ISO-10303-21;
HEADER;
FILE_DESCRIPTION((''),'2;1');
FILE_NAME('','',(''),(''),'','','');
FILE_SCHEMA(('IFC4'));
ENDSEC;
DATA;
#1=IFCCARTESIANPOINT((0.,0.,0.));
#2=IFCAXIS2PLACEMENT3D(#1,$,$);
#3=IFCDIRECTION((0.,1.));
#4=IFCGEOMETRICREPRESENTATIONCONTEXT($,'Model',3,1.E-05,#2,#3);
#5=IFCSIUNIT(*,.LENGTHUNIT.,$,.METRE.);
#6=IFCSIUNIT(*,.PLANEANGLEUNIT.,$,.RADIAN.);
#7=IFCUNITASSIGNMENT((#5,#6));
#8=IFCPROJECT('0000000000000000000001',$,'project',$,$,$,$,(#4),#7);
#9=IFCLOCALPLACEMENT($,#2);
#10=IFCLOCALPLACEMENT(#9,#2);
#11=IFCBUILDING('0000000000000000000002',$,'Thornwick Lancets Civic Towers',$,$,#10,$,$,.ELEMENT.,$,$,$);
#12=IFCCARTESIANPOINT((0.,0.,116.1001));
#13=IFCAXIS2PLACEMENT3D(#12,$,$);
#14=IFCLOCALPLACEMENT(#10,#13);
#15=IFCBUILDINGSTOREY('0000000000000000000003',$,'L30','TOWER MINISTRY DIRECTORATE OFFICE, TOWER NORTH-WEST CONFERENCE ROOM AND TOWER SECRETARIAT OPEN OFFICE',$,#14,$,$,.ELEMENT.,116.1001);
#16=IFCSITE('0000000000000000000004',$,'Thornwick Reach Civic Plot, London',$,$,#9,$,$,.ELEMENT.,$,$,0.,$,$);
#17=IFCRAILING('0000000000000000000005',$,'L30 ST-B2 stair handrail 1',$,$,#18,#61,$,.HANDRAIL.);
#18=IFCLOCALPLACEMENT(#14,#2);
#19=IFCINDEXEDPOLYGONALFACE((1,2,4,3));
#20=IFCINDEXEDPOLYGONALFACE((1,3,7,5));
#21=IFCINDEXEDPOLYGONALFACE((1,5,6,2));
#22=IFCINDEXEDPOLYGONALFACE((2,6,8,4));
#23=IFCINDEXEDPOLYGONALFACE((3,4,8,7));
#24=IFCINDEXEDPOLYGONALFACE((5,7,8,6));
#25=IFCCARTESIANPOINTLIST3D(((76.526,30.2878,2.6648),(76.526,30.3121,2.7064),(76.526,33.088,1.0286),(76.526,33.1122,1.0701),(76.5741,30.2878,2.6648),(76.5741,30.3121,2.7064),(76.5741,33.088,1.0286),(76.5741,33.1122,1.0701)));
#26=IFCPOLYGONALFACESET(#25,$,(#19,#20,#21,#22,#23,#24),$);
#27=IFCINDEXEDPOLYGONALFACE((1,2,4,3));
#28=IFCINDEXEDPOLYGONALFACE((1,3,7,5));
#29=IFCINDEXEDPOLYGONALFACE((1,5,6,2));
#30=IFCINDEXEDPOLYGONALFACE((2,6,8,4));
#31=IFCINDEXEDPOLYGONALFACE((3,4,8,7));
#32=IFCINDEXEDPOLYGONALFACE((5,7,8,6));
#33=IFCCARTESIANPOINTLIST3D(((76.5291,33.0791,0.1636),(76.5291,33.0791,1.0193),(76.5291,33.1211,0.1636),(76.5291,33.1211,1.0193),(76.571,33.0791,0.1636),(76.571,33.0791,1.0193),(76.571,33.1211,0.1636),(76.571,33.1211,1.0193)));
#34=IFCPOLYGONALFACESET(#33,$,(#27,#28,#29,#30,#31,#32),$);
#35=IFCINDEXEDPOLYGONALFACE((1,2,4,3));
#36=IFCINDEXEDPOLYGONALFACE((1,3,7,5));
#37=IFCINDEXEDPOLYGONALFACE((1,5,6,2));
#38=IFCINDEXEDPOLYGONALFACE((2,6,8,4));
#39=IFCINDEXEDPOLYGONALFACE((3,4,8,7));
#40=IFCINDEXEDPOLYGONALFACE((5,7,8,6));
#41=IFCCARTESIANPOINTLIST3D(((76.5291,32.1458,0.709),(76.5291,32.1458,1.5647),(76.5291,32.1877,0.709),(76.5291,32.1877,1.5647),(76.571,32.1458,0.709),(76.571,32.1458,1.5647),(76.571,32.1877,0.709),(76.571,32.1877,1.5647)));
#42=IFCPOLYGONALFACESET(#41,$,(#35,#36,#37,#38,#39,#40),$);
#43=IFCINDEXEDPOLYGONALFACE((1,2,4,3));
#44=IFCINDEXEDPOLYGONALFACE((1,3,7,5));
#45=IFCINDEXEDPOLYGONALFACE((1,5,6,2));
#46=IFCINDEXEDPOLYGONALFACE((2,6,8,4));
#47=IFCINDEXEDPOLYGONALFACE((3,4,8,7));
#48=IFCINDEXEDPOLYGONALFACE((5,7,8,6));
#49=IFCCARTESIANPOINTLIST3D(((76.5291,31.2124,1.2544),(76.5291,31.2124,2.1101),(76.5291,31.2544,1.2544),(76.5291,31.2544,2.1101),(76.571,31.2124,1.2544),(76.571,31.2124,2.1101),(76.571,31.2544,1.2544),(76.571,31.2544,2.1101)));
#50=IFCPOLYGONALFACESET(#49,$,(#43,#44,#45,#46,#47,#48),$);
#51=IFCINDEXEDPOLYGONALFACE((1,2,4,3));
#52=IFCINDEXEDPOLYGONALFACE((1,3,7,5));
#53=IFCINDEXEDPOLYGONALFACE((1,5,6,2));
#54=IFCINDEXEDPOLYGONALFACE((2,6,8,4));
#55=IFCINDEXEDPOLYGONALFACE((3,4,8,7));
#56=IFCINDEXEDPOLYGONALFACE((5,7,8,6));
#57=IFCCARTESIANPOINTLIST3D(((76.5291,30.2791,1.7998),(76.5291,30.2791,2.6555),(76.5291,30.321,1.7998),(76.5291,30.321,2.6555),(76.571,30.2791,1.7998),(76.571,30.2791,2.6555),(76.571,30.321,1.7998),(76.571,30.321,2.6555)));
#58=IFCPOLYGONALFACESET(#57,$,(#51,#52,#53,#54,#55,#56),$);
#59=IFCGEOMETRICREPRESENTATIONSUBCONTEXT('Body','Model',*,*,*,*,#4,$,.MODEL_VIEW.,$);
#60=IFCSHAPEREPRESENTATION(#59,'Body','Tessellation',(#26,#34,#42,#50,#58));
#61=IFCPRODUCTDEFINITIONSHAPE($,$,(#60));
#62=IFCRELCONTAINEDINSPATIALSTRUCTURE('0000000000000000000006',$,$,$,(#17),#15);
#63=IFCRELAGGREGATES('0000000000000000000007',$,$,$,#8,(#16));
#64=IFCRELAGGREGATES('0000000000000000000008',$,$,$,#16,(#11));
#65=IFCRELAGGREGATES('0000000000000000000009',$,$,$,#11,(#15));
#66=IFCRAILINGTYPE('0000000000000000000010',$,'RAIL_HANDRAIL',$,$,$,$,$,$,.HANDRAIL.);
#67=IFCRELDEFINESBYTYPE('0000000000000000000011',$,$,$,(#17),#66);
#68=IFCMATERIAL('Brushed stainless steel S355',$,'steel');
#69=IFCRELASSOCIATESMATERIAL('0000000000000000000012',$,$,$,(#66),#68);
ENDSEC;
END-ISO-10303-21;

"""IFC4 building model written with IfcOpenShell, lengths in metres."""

from ifc_helpers import new_model, si_unit, direction, frame, origin, origin_2d, place, context, subcontext, project, spatial, rectangle, extrude, material, type_object, element, save


model = new_model("IFC4")

# Units and contexts
model_context = context("Model", 3, precision=1e-05, world=origin(), true_north=direction((0.0, 1.0)))
body_context = subcontext(model_context, "Body", "Model", "MODEL_VIEW")
ifc_project = project(units=[si_unit("LENGTHUNIT", "METRE"), si_unit("PLANEANGLEUNIT", "RADIAN")], contexts=[model_context])

# Site, building, storey
site_placement = place(None, origin())
site = spatial("IfcSite", under=ifc_project, at=site_placement, Name="Thornwick Reach Civic Plot, London", CompositionType="ELEMENT", RefElevation=0.0)
building_placement = place(site_placement, origin())
building = spatial("IfcBuilding", under=site, at=building_placement, Name="Thornwick Lancets Civic Towers", CompositionType="ELEMENT")
storey_placement = place(building_placement, frame((0.0, 0.0, 116.1001)))
storey = spatial("IfcBuildingStorey", under=building, at=storey_placement, Name="L30", Description="TOWER MINISTRY DIRECTORATE OFFICE, TOWER NORTH-WEST CONFERENCE ROOM AND TOWER SECRETARIAT OPEN OFFICE", CompositionType="ELEMENT", Elevation=116.1001)

# Railing
ifc_material_1 = material(Name="Brushed stainless steel S355", Category="steel")
railing_type = type_object("IfcRailingType", Name="RAIL_HANDRAIL", PredefinedType="HANDRAIL", material=ifc_material_1)
railing_placement = place(storey_placement, frame((76.55, 33.1001, 0.1636)))
element("IfcRailing", 1, at=railing_placement, inside=storey, type_object=railing_type, Name="L30 ST-B2 stair handrail 1", PredefinedType="HANDRAIL", context=body_context, shape_type="SweptSolid", body=[
    extrude(rectangle(XDim=0.0481, YDim=0.0481, at=origin_2d()), frame((0.0, 0.0, 0.8857), z_axis=(0.0, -0.863394, 0.504531), x_axis=(1.0, 0.0, 0.0)), (0.0, 0.0, 1.0), 3.2432),
    extrude(rectangle(XDim=0.042, YDim=0.042, at=origin_2d()), origin(), (0.0, 0.0, 1.0), 0.8557),
    extrude(rectangle(XDim=0.042, YDim=0.042, at=origin_2d()), frame((0.0, -0.9333, 0.5454)), (0.0, 0.0, 1.0), 0.8557),
    extrude(rectangle(XDim=0.042, YDim=0.042, at=origin_2d()), frame((0.0, -1.8667, 1.0908)), (0.0, 0.0, 1.0), 0.8557),
    extrude(rectangle(XDim=0.042, YDim=0.042, at=origin_2d()), frame((0.0, -2.8, 1.6362)), (0.0, 0.0, 1.0), 0.8557),
])

save(model, "model.ifc")
